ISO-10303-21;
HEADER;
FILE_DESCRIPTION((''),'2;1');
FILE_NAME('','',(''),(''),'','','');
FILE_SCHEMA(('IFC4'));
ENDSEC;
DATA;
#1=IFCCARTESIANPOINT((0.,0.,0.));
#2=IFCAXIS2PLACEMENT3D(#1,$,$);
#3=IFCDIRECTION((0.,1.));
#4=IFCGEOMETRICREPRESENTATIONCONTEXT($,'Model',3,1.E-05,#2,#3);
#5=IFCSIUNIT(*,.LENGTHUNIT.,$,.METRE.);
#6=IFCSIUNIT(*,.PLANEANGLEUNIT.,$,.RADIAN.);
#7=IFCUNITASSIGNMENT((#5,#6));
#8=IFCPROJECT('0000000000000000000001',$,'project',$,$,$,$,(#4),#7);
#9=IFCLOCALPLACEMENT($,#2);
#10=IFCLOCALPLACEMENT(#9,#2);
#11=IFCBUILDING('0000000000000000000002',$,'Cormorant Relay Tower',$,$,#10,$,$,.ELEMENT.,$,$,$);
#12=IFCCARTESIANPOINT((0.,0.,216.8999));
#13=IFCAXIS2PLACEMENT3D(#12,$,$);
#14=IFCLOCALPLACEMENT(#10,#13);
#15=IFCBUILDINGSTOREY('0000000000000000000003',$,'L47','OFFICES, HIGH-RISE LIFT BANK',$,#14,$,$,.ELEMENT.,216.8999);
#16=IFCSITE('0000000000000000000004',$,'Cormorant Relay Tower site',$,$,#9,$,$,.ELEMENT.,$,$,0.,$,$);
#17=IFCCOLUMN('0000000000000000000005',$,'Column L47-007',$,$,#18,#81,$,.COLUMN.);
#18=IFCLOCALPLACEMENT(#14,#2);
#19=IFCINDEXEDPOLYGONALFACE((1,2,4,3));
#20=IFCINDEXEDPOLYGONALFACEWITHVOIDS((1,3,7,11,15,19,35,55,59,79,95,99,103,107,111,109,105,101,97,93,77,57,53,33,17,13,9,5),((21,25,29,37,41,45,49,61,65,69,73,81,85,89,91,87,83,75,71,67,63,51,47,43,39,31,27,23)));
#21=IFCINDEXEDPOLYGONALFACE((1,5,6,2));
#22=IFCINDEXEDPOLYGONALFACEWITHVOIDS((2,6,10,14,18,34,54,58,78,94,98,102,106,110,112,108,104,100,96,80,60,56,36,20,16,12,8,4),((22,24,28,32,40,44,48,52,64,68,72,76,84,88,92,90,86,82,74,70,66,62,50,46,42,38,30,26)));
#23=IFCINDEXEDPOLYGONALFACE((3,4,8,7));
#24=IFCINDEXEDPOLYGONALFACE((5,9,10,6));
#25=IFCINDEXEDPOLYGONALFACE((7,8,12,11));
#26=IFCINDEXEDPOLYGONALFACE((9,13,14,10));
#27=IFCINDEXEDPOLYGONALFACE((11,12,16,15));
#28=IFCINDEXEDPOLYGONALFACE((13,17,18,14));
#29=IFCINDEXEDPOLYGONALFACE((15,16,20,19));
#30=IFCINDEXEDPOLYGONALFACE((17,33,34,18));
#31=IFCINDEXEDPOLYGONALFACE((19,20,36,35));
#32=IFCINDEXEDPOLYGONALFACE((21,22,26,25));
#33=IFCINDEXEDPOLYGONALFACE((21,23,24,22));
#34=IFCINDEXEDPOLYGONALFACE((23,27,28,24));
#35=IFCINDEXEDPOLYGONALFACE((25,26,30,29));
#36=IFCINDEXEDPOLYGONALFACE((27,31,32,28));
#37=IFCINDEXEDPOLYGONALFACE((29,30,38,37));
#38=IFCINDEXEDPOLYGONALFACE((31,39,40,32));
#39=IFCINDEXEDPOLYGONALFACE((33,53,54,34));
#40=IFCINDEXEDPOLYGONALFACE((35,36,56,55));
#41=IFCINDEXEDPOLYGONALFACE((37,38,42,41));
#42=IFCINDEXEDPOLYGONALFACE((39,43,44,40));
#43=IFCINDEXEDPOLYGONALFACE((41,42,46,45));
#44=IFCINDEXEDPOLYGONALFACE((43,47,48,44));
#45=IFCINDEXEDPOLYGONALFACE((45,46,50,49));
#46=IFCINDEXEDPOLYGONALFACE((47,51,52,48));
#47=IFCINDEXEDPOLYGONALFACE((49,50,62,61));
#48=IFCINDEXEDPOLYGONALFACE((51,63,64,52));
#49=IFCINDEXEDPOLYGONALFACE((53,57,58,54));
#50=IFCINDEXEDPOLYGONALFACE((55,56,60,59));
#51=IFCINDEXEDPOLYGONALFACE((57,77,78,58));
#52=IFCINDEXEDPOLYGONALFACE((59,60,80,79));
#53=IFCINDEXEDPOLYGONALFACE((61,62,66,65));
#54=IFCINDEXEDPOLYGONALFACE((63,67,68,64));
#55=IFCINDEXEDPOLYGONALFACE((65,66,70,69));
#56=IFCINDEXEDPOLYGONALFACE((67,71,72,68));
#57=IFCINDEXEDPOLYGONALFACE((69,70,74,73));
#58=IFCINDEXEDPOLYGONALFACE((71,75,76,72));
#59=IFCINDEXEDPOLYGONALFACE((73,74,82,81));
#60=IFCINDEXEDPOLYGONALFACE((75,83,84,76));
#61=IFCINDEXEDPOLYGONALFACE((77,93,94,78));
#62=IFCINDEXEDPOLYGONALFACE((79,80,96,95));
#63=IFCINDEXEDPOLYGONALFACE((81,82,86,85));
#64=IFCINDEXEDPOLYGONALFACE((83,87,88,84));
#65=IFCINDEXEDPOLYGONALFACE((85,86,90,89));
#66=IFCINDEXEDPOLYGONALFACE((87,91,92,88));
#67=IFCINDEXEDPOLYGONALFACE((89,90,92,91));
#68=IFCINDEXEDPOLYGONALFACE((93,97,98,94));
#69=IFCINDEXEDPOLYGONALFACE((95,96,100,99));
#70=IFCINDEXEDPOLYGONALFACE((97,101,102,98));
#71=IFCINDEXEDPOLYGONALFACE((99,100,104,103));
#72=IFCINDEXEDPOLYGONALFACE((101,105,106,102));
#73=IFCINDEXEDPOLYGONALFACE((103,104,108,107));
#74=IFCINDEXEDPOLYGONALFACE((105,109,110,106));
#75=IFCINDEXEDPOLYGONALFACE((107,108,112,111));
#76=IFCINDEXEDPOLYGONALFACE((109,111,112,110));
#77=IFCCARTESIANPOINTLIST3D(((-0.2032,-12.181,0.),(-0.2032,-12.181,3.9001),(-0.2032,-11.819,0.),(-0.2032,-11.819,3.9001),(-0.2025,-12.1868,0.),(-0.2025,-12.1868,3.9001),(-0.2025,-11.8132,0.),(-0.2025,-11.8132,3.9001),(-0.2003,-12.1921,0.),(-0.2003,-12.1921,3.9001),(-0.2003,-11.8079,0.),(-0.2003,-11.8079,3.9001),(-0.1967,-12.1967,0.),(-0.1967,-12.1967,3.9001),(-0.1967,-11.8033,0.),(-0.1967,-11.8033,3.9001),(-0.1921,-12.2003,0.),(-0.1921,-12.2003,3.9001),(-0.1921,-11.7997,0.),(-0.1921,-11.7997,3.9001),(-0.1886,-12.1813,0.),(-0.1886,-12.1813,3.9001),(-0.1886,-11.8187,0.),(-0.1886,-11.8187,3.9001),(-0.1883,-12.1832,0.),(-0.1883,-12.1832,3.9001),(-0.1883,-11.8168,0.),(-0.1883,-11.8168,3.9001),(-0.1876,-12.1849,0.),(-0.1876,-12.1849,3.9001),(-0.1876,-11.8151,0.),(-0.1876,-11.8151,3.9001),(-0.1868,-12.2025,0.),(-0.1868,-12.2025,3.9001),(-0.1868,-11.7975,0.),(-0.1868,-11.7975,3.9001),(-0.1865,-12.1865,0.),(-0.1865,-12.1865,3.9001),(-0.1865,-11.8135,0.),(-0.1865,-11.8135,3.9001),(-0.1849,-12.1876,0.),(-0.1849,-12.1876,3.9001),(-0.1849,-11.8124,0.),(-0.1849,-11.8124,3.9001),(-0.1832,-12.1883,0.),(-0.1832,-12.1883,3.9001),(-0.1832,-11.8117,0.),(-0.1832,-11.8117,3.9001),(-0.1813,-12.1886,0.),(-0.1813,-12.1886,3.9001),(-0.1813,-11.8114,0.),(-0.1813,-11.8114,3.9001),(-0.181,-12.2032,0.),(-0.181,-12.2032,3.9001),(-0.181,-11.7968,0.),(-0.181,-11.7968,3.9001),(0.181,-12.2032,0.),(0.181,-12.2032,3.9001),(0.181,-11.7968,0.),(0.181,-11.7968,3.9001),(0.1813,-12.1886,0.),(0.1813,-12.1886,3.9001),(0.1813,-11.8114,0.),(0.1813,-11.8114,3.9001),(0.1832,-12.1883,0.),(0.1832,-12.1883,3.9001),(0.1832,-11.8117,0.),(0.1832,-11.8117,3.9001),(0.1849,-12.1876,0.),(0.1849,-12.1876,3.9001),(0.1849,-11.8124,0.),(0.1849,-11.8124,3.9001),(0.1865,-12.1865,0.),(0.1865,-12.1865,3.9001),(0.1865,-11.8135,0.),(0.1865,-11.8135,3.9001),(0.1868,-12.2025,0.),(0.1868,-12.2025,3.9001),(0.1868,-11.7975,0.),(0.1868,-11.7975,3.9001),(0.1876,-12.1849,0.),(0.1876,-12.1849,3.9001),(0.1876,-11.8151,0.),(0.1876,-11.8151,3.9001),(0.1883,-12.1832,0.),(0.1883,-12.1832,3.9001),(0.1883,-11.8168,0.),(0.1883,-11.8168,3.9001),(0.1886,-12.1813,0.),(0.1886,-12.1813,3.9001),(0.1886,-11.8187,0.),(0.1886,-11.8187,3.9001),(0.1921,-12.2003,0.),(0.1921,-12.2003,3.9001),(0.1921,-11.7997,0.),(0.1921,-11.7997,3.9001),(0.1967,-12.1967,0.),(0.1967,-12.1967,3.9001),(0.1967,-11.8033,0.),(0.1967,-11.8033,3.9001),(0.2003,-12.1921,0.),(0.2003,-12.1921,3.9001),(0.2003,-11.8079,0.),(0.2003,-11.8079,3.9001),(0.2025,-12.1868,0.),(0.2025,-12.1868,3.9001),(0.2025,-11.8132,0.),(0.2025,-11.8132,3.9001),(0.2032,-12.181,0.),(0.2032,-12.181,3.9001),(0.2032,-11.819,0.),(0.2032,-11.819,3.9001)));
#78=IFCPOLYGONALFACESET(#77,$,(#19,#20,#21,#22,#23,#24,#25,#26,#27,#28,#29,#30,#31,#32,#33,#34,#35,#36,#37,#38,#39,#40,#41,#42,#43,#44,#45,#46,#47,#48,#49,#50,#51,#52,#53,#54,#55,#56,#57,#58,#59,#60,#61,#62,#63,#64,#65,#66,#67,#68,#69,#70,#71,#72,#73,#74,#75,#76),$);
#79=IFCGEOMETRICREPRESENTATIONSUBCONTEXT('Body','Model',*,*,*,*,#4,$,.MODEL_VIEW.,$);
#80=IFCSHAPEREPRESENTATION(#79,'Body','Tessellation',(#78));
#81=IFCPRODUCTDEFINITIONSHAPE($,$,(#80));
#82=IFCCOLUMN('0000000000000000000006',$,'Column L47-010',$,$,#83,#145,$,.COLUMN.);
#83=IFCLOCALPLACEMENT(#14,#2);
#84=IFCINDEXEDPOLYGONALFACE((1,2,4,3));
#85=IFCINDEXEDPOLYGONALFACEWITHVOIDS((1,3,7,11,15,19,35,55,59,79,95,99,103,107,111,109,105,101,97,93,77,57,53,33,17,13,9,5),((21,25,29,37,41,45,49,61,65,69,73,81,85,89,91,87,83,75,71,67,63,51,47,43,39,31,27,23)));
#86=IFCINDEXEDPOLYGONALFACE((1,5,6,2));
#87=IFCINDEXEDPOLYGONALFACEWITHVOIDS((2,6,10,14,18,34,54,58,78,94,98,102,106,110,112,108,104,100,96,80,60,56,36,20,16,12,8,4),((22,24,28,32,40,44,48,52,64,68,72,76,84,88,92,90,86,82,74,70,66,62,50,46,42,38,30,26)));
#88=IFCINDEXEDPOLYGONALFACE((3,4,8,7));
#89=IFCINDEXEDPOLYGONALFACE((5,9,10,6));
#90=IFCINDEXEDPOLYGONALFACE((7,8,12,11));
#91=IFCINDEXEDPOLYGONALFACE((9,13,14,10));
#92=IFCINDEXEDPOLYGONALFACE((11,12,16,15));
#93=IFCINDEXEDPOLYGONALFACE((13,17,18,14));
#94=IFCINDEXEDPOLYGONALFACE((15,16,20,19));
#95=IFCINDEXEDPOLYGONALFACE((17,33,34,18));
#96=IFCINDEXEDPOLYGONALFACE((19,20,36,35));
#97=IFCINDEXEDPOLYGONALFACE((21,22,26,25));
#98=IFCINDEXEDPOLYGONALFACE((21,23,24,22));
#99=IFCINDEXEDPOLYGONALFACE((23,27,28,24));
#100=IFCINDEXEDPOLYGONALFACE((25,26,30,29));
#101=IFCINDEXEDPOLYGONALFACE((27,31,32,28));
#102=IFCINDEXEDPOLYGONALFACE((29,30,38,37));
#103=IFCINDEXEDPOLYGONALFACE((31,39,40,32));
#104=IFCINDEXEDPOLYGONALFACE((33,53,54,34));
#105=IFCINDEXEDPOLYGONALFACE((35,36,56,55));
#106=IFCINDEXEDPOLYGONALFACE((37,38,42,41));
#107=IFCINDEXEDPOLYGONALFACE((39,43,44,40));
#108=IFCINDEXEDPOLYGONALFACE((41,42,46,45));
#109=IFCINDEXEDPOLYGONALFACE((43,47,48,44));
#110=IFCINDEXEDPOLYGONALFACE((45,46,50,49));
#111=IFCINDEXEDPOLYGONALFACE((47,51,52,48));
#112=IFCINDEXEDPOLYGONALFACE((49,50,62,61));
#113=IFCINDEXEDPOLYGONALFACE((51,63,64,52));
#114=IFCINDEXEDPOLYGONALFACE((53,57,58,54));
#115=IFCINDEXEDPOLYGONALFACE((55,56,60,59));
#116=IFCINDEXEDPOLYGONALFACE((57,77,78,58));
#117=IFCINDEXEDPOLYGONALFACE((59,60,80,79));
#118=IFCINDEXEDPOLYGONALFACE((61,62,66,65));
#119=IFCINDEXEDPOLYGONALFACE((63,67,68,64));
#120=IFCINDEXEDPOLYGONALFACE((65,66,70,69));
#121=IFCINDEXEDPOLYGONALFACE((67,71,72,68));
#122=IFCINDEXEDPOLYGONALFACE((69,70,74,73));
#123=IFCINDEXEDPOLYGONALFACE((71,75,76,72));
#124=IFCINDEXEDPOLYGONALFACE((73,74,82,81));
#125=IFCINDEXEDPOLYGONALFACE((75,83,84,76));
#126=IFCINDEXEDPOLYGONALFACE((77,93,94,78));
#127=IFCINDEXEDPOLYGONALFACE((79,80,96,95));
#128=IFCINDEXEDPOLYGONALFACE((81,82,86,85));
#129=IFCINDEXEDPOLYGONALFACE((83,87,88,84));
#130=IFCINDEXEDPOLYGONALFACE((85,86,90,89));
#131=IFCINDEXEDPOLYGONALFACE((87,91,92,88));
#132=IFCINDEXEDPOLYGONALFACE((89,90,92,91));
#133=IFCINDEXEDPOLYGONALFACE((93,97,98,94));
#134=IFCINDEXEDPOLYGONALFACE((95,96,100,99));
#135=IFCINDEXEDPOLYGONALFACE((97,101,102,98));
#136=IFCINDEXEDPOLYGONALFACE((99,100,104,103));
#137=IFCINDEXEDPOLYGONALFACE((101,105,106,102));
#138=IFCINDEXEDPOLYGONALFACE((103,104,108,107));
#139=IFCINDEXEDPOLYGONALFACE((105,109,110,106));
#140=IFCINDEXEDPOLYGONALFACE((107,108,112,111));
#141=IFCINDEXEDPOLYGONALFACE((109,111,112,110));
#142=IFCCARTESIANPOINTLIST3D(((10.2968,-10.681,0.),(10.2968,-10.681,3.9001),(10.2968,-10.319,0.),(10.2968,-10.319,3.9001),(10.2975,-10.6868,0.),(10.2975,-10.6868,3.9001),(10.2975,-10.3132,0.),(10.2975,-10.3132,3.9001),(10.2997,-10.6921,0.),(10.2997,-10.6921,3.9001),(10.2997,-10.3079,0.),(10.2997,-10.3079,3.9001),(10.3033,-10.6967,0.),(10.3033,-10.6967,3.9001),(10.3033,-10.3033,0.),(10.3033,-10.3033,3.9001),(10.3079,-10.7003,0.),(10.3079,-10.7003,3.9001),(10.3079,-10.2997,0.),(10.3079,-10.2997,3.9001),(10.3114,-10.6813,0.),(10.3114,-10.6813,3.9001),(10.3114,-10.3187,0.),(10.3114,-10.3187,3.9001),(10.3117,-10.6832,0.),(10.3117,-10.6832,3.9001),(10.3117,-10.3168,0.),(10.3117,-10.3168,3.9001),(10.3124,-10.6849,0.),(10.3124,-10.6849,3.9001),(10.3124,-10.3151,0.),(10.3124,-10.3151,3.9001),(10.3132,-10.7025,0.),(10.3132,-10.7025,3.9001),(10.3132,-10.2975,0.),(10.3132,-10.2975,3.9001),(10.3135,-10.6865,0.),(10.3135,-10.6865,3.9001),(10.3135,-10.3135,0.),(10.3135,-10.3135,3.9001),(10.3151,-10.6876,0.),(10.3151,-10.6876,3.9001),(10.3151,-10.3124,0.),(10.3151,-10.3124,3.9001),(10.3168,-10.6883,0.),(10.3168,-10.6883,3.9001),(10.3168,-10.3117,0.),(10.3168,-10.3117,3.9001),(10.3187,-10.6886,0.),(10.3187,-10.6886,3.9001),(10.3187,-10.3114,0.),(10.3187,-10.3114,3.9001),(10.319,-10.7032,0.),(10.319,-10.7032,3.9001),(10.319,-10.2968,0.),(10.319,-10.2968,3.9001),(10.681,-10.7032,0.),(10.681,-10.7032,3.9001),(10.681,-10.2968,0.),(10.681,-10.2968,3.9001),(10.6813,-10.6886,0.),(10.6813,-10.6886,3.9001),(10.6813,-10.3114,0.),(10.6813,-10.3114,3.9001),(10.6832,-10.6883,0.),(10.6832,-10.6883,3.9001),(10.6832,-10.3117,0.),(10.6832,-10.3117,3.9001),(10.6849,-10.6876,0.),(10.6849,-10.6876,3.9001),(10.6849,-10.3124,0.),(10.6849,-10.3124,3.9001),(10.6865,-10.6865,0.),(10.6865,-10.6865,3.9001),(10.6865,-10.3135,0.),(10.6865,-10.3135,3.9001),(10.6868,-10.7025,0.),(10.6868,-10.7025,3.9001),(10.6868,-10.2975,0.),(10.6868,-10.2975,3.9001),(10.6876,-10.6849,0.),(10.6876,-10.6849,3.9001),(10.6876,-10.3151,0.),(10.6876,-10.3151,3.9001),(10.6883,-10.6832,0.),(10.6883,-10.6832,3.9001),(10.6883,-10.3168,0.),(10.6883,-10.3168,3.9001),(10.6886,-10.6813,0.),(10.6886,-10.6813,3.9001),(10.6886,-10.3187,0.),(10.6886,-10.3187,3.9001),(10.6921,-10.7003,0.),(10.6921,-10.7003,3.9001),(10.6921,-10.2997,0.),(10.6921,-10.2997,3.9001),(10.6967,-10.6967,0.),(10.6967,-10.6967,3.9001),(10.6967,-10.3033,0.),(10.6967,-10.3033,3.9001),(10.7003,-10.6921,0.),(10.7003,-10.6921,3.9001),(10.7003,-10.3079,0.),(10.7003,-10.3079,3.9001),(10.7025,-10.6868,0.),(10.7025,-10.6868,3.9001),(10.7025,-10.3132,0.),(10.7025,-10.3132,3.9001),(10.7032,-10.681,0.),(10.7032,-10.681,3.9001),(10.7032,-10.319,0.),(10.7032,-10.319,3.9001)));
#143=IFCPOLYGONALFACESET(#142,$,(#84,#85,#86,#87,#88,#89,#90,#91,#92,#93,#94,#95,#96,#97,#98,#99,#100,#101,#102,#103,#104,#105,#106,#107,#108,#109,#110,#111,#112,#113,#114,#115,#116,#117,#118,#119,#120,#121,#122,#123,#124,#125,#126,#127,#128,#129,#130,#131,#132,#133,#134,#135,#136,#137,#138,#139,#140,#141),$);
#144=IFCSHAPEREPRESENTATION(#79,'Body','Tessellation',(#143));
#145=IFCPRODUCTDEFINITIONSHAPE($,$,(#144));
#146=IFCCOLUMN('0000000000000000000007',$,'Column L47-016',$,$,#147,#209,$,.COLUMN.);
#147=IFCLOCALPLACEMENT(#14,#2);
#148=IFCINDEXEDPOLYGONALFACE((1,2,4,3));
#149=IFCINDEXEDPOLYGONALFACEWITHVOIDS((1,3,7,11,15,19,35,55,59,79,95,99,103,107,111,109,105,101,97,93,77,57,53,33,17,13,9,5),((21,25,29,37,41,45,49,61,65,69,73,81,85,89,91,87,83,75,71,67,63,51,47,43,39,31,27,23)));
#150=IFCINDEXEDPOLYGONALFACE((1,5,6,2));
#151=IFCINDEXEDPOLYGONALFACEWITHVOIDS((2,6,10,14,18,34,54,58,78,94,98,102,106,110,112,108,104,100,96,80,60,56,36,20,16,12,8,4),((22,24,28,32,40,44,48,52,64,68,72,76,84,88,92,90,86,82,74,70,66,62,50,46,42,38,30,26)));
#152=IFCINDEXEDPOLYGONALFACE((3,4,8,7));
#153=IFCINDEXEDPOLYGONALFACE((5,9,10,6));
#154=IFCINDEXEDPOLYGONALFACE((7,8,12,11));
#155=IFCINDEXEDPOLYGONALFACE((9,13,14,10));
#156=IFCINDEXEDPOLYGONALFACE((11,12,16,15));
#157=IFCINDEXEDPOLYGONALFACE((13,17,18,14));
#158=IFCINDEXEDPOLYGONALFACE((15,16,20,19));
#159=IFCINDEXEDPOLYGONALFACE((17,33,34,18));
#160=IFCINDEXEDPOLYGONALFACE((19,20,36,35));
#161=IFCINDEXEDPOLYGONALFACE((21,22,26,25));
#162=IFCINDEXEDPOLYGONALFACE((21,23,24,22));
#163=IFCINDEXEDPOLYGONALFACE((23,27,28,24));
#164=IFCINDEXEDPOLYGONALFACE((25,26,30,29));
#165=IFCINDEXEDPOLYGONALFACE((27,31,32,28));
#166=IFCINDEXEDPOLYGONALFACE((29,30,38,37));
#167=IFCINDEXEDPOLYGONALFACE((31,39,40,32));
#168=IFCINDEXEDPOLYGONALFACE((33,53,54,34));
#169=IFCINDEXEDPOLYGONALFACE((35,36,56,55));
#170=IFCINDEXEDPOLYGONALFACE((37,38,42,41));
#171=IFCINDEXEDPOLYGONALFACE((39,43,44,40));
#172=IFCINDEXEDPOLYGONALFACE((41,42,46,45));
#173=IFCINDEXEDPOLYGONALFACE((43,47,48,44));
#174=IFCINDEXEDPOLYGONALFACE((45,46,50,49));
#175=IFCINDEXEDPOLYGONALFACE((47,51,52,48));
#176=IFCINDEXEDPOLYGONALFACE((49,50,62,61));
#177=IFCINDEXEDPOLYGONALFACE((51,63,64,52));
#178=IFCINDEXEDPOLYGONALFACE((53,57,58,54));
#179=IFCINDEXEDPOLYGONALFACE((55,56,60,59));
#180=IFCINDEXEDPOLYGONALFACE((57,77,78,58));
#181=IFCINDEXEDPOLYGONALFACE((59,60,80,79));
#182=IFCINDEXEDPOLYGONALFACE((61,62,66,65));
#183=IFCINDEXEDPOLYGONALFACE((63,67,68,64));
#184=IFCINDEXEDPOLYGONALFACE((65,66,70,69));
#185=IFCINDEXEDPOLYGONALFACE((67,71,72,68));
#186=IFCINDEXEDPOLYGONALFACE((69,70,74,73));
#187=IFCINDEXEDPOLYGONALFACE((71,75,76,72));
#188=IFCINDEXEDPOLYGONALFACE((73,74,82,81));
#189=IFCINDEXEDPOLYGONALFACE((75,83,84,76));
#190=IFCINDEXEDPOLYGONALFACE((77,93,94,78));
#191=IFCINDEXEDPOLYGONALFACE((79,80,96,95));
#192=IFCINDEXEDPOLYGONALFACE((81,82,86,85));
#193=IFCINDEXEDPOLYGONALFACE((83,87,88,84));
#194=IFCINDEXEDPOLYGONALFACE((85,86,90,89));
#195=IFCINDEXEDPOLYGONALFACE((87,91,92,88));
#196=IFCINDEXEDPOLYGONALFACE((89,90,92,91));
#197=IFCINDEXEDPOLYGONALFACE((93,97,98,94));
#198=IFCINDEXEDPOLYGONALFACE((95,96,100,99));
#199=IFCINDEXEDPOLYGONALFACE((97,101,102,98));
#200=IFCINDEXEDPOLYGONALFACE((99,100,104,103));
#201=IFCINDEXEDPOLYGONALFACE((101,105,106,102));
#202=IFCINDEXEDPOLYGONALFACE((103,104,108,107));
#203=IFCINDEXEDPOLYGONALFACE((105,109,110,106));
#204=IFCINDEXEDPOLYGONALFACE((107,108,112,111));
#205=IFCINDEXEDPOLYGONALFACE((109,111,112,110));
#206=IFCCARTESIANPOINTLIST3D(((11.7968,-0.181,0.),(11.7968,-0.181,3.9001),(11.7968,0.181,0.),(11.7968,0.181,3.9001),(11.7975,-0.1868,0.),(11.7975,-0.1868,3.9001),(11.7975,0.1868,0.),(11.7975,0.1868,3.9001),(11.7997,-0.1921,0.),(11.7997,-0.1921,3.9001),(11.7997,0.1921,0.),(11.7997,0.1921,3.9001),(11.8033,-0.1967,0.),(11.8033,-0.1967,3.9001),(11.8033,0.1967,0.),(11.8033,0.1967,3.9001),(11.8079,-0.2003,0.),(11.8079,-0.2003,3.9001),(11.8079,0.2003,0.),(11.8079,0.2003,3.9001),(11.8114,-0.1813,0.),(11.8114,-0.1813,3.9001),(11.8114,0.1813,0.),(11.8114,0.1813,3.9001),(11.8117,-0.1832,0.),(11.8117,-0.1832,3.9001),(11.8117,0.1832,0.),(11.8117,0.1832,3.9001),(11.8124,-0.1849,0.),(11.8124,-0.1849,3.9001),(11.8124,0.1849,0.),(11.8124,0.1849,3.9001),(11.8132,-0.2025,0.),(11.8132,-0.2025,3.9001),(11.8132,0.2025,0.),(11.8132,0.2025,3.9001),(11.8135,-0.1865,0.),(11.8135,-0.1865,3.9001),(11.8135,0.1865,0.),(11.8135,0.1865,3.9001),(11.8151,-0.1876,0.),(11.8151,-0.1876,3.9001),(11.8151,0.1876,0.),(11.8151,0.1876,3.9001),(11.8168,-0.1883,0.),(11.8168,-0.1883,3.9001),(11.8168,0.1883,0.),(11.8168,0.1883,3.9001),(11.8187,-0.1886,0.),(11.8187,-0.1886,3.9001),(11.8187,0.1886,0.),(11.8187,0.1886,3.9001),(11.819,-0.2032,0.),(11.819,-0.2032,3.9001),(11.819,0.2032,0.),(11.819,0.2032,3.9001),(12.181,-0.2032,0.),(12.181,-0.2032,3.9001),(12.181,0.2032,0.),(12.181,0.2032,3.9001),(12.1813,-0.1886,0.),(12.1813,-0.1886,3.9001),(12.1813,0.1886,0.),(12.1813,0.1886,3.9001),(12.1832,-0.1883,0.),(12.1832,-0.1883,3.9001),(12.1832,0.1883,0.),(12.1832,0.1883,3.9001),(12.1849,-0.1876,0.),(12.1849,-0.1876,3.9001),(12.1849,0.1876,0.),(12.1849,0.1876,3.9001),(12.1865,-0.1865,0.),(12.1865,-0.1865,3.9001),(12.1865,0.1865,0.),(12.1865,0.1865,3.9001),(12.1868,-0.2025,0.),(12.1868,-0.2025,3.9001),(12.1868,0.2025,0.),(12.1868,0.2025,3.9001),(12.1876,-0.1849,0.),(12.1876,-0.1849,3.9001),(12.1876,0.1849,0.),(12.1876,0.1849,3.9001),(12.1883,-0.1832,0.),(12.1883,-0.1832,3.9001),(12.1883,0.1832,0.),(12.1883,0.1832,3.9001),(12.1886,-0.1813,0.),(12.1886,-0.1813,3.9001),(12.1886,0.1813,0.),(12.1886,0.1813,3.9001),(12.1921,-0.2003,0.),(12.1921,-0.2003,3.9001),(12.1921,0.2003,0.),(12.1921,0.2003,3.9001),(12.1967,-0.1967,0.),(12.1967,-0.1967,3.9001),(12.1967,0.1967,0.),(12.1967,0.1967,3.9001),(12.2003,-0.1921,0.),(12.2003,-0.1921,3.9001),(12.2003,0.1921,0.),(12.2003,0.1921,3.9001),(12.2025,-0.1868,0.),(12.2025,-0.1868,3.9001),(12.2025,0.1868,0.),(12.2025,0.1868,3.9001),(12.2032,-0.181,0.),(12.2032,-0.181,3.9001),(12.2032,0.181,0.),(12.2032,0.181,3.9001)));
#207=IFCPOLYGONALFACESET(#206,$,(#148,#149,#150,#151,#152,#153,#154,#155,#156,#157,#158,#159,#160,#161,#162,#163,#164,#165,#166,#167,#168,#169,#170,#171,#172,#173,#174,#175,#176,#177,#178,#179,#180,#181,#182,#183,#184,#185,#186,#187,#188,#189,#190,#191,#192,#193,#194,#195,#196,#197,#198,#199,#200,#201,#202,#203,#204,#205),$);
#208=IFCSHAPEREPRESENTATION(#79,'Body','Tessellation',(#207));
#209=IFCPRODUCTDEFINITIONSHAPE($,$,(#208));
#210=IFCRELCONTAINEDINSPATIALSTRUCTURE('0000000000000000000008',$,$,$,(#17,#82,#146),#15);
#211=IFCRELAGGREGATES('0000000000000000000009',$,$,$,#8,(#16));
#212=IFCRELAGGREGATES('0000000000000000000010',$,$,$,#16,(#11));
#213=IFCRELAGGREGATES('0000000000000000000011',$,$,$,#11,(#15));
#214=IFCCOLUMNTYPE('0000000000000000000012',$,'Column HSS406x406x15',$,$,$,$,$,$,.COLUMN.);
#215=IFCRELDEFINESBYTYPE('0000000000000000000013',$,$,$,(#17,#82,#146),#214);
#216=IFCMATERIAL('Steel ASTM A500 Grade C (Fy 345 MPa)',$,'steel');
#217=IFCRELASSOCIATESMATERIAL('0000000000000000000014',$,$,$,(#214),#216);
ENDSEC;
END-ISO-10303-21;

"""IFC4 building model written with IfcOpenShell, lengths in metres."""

from ifc_helpers import new_model, si_unit, direction, frame, origin, origin_2d, place, context, subcontext, project, spatial, hollow_rectangle, extrude, material, material_profile, profile_set, type_object, element, save


model = new_model("IFC4")

# Units and contexts
model_context = context("Model", 3, precision=1e-05, world=origin(), true_north=direction((0.0, 1.0)))
body_context = subcontext(model_context, "Body", "Model", "MODEL_VIEW")
ifc_project = project(units=[si_unit("LENGTHUNIT", "METRE"), si_unit("PLANEANGLEUNIT", "RADIAN")], contexts=[model_context])

# Site, building, storey
site_placement = place(None, origin())
site = spatial("IfcSite", under=ifc_project, at=site_placement, Name="Cormorant Relay Tower site", CompositionType="ELEMENT", RefElevation=0.0)
building_placement = place(site_placement, origin())
building = spatial("IfcBuilding", under=site, at=building_placement, Name="Cormorant Relay Tower", CompositionType="ELEMENT")
storey_placement = place(building_placement, frame((0.0, 0.0, 216.8999)))
storey = spatial("IfcBuildingStorey", under=building, at=storey_placement, Name="L47", Description="OFFICES, HIGH-RISE LIFT BANK", CompositionType="ELEMENT", Elevation=216.8999)

# Columns
ifc_material_1 = material(Name="Steel ASTM A500 Grade C (Fy 345 MPa)", Category="steel")
ifc_material_profile_1 = material_profile(ifc_material_1, hollow_rectangle(XDim=0.4065, YDim=0.4065, WallThickness=0.0146, InnerFilletRadius=0.0073, OuterFilletRadius=0.0222, at=origin_2d()), Name="HSS406x406x15")
ifc_profile_set_1 = profile_set([ifc_material_profile_1], Name="Steel ASTM A500 Grade C (Fy 345 MPa)")
column_type_1 = type_object("IfcColumnType", Name="Column HSS406x406x15", PredefinedType="COLUMN", material=ifc_profile_set_1)
for number, where, z_axis, x_axis, name in (
    (1, (0.0, -12.0, 0.0), (0.0, 0.0, 1.0), (1.0, 0.0, 0.0), "Column L47-007"),
    (2, (10.5, -10.5, 0.0), (0.0, 0.0, 1.0), (1.0, 0.0, 0.0), "Column L47-010"),
    (3, (12.0, 0.0, 0.0), (0.0, 0.0, 1.0), (1.0, 0.0, 0.0), "Column L47-016"),
):
    element("IfcColumn", number, at=place(storey_placement, frame(where, z_axis=z_axis, x_axis=x_axis)), inside=storey, type_object=column_type_1, Name=name, PredefinedType="COLUMN", context=body_context, shape_type="SweptSolid", body=[
        extrude(hollow_rectangle(XDim=0.4065, YDim=0.4065, WallThickness=0.0146, InnerFilletRadius=0.0073, OuterFilletRadius=0.0222, at=origin_2d()), origin(), (0.0, 0.0, 1.0), 3.9001),
    ])

save(model, "model.ifc")
